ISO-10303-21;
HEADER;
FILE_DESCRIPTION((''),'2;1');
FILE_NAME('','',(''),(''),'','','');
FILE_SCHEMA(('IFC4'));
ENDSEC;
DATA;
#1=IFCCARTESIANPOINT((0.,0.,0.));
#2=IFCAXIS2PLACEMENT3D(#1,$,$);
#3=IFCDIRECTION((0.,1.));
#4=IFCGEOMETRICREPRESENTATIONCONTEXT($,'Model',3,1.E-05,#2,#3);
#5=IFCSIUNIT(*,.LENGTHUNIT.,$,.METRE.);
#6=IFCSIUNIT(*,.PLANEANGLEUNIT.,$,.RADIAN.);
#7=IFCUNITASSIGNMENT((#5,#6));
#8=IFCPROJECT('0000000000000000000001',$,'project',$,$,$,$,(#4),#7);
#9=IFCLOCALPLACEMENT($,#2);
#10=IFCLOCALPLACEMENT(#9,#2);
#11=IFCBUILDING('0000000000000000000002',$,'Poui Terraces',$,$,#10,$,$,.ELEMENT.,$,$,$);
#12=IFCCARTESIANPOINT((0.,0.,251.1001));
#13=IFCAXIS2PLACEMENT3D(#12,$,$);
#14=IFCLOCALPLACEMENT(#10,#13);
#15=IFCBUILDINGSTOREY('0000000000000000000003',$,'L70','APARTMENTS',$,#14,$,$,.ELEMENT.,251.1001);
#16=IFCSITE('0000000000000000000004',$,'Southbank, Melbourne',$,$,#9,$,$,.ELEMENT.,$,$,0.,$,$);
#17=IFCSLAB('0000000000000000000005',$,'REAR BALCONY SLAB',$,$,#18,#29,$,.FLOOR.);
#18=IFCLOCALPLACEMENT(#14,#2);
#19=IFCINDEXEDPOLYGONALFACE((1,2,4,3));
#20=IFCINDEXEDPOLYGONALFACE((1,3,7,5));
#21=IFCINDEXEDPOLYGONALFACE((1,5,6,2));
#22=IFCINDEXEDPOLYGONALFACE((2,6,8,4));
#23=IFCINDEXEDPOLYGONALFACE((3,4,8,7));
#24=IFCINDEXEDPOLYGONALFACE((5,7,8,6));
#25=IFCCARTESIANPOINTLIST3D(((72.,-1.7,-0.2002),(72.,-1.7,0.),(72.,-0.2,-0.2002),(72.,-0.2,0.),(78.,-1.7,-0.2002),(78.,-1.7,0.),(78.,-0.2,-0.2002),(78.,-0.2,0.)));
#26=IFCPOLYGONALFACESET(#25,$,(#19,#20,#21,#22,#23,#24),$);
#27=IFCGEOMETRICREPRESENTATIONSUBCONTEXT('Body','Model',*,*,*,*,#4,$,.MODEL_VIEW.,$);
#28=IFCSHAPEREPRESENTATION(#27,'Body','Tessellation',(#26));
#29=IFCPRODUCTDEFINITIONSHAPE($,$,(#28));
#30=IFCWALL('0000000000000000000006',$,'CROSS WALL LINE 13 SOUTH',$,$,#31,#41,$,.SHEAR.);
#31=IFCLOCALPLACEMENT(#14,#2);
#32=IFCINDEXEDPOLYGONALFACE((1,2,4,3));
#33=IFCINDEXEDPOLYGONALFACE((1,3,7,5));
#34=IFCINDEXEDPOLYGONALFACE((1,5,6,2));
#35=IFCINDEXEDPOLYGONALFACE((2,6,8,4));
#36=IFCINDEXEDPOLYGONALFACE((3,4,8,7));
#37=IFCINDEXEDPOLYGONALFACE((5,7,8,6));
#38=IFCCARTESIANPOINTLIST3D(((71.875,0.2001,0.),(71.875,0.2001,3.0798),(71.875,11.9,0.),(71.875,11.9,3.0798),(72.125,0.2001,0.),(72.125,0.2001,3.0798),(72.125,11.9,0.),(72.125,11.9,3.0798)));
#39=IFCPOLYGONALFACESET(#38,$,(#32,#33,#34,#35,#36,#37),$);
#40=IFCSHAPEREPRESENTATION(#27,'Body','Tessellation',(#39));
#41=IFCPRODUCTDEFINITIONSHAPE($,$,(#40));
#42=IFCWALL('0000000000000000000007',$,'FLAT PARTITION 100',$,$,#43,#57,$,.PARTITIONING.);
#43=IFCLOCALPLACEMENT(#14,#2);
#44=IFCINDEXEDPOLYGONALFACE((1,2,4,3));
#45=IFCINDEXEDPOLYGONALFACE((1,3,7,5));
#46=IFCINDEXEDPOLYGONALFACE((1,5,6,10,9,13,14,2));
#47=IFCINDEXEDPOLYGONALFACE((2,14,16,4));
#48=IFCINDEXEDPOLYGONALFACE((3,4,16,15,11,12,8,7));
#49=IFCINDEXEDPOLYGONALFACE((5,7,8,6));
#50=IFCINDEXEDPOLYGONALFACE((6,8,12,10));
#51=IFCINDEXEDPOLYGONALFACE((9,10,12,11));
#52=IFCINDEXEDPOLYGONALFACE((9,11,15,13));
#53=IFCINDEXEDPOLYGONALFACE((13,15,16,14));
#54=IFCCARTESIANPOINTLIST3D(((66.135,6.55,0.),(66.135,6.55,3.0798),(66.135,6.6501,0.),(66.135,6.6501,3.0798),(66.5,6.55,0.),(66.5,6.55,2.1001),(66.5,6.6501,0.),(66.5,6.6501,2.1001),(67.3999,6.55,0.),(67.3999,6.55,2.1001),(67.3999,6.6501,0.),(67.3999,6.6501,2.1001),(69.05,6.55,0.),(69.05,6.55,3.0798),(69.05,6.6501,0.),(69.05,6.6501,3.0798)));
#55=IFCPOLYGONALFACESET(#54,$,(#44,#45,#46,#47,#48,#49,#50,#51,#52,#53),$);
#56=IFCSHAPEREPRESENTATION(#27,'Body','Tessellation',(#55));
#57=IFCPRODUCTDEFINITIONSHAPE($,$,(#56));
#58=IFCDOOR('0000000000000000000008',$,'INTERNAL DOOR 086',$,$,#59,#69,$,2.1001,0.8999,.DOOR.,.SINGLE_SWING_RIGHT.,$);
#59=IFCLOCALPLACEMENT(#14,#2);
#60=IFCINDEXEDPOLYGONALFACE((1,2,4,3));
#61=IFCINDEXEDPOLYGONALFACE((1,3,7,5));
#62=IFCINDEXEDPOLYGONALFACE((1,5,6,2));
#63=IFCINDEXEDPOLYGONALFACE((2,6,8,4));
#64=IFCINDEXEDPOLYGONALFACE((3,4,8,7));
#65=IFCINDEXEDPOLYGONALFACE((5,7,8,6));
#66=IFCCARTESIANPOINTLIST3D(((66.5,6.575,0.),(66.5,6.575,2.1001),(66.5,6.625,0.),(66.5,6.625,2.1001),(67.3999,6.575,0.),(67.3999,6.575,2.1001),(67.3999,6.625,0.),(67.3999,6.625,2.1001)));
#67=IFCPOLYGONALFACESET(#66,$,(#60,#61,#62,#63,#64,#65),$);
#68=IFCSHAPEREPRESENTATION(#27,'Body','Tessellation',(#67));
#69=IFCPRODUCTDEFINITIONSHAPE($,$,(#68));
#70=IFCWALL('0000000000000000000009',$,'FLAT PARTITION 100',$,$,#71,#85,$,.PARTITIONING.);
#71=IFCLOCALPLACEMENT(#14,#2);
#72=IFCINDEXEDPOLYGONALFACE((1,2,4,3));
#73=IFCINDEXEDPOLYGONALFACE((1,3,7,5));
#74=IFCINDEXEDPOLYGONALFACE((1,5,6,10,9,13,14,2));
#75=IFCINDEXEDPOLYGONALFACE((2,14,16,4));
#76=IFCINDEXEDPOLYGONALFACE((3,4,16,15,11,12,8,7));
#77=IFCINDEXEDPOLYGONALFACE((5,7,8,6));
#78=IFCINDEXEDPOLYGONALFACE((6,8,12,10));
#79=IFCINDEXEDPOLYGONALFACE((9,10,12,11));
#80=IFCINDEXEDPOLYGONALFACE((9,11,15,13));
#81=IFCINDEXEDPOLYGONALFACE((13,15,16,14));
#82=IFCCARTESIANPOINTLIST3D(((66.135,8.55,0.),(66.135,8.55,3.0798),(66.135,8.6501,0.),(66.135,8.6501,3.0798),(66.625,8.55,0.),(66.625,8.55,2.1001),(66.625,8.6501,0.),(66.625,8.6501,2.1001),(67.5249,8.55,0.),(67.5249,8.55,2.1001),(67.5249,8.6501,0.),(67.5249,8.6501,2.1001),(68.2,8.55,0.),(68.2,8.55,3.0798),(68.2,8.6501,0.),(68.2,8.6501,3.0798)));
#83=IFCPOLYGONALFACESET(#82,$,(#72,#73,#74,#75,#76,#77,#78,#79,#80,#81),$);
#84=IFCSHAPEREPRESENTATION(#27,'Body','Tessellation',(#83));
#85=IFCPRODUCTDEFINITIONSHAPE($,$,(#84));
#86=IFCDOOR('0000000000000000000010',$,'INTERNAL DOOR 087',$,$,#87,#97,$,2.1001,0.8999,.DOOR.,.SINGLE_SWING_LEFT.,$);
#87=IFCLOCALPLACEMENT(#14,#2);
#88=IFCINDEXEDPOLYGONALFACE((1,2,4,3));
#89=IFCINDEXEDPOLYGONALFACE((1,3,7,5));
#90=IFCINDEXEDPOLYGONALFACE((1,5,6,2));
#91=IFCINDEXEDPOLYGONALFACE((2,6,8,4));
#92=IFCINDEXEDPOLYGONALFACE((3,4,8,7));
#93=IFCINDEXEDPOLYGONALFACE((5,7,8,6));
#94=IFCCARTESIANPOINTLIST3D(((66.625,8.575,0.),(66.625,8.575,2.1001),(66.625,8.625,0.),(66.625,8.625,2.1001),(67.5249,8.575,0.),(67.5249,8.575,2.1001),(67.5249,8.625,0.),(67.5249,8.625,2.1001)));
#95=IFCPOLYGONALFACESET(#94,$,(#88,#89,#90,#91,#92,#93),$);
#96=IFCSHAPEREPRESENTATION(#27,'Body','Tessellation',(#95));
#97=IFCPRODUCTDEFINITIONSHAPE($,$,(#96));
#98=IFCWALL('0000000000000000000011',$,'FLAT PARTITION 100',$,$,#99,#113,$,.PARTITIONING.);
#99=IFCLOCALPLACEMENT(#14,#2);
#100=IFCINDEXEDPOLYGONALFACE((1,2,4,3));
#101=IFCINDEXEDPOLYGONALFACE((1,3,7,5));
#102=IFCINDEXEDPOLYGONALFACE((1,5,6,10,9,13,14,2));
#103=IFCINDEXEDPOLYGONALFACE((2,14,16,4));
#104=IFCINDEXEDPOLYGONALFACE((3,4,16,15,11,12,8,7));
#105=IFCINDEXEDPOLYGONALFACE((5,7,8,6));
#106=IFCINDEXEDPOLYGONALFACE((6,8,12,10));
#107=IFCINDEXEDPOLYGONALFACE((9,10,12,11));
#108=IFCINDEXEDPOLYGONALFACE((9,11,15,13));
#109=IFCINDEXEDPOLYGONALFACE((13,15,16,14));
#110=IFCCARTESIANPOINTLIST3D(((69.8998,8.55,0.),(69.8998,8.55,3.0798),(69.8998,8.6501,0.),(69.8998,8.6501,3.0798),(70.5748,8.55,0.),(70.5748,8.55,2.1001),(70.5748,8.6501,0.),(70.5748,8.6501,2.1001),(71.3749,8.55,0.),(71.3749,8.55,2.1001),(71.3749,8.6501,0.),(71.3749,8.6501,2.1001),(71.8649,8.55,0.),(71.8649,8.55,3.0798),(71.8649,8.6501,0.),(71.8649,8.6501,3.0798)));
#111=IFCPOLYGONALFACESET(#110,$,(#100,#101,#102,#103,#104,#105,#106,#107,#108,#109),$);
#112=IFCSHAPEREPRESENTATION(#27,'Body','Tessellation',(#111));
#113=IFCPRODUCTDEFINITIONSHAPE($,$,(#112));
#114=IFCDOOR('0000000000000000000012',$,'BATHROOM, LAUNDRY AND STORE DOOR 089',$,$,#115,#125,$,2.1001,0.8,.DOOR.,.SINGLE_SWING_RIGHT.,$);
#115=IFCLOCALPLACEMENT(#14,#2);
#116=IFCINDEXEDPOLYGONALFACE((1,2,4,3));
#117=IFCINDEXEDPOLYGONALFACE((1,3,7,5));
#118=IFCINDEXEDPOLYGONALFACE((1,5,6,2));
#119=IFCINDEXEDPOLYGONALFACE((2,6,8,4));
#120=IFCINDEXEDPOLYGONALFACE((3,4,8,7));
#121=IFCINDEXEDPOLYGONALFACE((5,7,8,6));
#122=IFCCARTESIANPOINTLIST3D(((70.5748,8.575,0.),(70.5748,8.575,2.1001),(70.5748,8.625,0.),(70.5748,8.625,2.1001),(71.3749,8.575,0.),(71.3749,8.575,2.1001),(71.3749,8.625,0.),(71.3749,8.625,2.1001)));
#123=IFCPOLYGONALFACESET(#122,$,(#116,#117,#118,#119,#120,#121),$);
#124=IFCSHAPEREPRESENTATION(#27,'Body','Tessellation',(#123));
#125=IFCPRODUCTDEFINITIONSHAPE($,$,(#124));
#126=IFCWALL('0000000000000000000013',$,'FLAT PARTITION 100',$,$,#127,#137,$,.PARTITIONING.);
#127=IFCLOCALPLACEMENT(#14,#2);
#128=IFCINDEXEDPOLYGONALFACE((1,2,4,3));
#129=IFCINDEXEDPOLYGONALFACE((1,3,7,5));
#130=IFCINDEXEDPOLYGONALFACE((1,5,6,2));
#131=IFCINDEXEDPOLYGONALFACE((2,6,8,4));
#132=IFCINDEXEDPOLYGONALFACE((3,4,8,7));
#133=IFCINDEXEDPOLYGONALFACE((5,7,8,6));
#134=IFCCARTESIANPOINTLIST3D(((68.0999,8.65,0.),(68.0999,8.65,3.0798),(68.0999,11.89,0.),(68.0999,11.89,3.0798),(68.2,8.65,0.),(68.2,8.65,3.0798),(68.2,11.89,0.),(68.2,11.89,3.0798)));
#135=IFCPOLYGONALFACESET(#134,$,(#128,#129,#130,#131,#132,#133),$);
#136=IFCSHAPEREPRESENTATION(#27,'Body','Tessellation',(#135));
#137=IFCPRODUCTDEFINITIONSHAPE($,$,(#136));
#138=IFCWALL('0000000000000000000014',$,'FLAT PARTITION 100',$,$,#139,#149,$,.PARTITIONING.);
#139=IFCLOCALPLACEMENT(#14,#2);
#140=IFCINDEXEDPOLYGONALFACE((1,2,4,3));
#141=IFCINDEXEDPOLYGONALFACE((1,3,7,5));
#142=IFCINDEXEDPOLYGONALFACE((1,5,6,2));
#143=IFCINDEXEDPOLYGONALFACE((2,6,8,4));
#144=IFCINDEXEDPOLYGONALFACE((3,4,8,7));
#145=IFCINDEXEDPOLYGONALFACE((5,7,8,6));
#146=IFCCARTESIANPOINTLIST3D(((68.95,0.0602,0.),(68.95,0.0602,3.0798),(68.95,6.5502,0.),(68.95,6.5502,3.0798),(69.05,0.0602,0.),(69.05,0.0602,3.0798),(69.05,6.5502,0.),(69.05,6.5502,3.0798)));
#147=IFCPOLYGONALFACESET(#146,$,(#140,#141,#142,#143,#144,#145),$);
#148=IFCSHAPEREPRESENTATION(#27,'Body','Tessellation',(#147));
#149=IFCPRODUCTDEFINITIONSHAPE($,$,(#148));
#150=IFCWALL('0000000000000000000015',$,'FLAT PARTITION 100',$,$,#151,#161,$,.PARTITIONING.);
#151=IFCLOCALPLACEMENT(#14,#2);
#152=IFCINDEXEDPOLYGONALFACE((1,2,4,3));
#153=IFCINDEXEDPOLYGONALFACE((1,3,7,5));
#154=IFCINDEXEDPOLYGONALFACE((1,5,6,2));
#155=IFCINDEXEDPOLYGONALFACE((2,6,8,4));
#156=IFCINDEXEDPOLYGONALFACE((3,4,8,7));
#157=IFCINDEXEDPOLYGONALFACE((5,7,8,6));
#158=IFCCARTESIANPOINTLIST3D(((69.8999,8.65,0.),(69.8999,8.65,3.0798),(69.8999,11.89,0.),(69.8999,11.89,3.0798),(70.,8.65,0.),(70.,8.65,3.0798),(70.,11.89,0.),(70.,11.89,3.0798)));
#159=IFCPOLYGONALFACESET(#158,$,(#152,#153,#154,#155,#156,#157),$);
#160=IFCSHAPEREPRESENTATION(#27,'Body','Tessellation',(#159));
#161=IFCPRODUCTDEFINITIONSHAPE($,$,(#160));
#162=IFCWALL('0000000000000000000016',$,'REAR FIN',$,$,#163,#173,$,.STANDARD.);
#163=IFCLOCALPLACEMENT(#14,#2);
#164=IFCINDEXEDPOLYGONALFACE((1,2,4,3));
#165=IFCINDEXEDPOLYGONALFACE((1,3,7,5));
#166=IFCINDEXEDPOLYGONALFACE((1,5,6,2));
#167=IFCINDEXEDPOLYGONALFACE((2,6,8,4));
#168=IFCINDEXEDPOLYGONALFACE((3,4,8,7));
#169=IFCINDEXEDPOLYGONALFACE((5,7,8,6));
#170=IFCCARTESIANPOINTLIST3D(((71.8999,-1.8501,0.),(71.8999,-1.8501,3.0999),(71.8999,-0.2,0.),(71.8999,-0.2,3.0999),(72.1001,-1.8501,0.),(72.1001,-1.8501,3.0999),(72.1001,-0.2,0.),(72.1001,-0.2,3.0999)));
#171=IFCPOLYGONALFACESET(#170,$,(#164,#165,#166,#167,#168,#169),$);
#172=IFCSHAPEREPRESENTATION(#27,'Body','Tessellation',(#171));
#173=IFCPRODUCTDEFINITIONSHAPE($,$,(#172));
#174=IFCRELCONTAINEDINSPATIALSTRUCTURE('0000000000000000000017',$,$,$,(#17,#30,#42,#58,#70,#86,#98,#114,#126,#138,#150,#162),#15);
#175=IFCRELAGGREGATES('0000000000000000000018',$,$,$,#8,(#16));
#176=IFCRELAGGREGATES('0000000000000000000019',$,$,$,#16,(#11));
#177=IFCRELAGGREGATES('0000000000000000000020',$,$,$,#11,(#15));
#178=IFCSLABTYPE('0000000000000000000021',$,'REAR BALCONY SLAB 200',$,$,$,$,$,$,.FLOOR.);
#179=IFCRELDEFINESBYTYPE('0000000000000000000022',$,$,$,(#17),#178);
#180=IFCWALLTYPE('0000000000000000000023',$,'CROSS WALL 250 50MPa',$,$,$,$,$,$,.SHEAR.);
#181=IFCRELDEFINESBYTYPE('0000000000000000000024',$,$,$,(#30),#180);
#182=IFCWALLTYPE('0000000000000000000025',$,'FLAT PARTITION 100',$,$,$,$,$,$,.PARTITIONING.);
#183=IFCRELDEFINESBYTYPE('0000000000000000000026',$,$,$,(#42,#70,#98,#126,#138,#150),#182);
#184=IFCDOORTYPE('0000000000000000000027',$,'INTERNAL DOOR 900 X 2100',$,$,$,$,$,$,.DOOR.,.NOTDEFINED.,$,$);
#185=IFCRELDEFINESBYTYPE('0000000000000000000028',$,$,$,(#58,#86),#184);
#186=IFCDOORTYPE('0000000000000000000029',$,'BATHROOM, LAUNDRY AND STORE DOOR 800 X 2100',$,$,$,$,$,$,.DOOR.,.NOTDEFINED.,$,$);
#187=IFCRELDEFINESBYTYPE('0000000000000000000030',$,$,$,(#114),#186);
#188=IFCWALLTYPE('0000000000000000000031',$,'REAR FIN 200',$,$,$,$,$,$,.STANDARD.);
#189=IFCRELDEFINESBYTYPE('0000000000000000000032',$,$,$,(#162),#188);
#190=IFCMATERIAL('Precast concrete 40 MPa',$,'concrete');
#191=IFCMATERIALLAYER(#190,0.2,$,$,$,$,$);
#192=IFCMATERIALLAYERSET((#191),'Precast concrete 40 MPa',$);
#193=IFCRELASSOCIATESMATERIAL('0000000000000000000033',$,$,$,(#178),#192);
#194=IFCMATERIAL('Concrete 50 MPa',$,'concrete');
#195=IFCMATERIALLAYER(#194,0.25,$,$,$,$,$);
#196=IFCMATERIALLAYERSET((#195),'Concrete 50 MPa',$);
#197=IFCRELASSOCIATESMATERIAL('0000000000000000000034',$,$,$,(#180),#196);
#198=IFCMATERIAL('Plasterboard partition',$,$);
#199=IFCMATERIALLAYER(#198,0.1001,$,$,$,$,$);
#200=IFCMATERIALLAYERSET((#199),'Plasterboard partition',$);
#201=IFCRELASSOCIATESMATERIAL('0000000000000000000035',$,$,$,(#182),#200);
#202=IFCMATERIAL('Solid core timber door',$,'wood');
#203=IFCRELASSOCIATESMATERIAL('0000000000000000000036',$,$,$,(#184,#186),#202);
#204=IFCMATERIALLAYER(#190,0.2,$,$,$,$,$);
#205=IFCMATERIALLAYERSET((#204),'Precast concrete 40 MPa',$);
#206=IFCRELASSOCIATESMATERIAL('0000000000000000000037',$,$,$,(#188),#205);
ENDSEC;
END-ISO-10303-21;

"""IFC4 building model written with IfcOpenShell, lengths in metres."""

from ifc_helpers import new_model, si_unit, direction, frame, frame_2d, origin, place, context, subcontext, project, spatial, polyline, rectangle, outline, extrude, source, transform, mapped, material, layer, layer_set, type_object, element, fill, save


model = new_model("IFC4")

# Units and contexts
model_context = context("Model", 3, precision=1e-05, world=origin(), true_north=direction((0.0, 1.0)))
body_context = subcontext(model_context, "Body", "Model", "MODEL_VIEW")
ifc_project = project(units=[si_unit("LENGTHUNIT", "METRE"), si_unit("PLANEANGLEUNIT", "RADIAN")], contexts=[model_context])

# Site, building, storey
site_placement = place(None, origin())
site = spatial("IfcSite", under=ifc_project, at=site_placement, Name="Southbank, Melbourne", CompositionType="ELEMENT", RefElevation=0.0)
building_placement = place(site_placement, origin())
building = spatial("IfcBuilding", under=site, at=building_placement, Name="Poui Terraces", CompositionType="ELEMENT")
storey_placement = place(building_placement, frame((0.0, 0.0, 251.1001)))
storey = spatial("IfcBuildingStorey", under=building, at=storey_placement, Name="L70", Description="APARTMENTS", CompositionType="ELEMENT", Elevation=251.1001)

# Slab
ifc_material_1 = material(Name="Precast concrete 40 MPa", Category="concrete")
ifc_layer_1 = layer(ifc_material_1, 0.2)
ifc_layer_set_1 = layer_set([ifc_layer_1], Name="Precast concrete 40 MPa")
slab_type = type_object("IfcSlabType", Name="REAR BALCONY SLAB 200", PredefinedType="FLOOR", material=ifc_layer_set_1)
shared_shape_1 = source(origin(), body_context, "Body", "SweptSolid", [
    extrude(outline(polyline([(0.0, 0.0), (6.0, 0.0), (6.0, 1.5), (0.0, 1.5), (0.0, 0.0)])), origin(), (0.0, 0.0, 1.0), 0.2002),
])
slab_placement = place(storey_placement, frame((72.0, -1.7, -0.2002)))
element("IfcSlab", 1, at=slab_placement, inside=storey, type_object=slab_type, Name="REAR BALCONY SLAB", PredefinedType="FLOOR", context=body_context, shape_type="MappedRepresentation", body=[
    mapped(shared_shape_1, transform((0.0, 0.0, 0.0))),
])

# Wall
ifc_material_2 = material(Name="Concrete 50 MPa", Category="concrete")
ifc_layer_2 = layer(ifc_material_2, 0.25)
ifc_layer_set_2 = layer_set([ifc_layer_2], Name="Concrete 50 MPa")
wall_type_1 = type_object("IfcWallType", Name="CROSS WALL 250 50MPa", PredefinedType="SHEAR", material=ifc_layer_set_2)
wall_1_placement = place(storey_placement, frame((72.0, 0.2, 0.0), z_axis=(0.0, 0.0, 1.0), x_axis=(0.0, 1.0, 0.0)))
element("IfcWall", 2, at=wall_1_placement, inside=storey, type_object=wall_type_1, Name="CROSS WALL LINE 13 SOUTH", PredefinedType="SHEAR", context=body_context, shape_type="SweptSolid", body=[
    extrude(rectangle(XDim=11.7, YDim=0.25, at=frame_2d((5.8501, 0.0))), origin(), (0.0, 0.0, 1.0), 3.0798),
])

# Walls, openings, doors
ifc_material_3 = material(Name="Plasterboard partition")
ifc_layer_3 = layer(ifc_material_3, 0.1001)
ifc_layer_set_3 = layer_set([ifc_layer_3], Name="Plasterboard partition")
wall_type_2 = type_object("IfcWallType", Name="FLAT PARTITION 100", PredefinedType="PARTITIONING", material=ifc_layer_set_3)
wall_2_placement = place(storey_placement, frame((66.135, 6.6001, 0.0), z_axis=(0.0, 0.0, 1.0), x_axis=(1.0, 0.0, 0.0)))
wall_2 = element("IfcWall", 3, at=wall_2_placement, inside=storey, type_object=wall_type_2, Name="FLAT PARTITION 100", PredefinedType="PARTITIONING", context=body_context, shape_type="SweptSolid", body=[
    extrude(rectangle(XDim=2.915, YDim=0.1001, at=frame_2d((1.4575, 0.0))), origin(), (0.0, 0.0, 1.0), 3.0798),
])
opening_1_placement = place(wall_2_placement, frame((0.365, 0.0, 0.0)))
opening_1 = element("IfcOpeningElement", 4, at=opening_1_placement, cuts=wall_2, PredefinedType="OPENING", context=body_context, shape_type="SweptSolid", body=[
    extrude(rectangle(XDim=0.8999, YDim=2.1001, at=frame_2d((0.45, 1.05))), frame((0.0, 0.0601, 0.0), z_axis=(0.0, -1.0, 0.0), x_axis=(1.0, 0.0, 0.0)), (0.0, 0.0, 1.0), 0.1201),
])
ifc_material_4 = material(Name="Solid core timber door", Category="wood")
door_type_1 = type_object("IfcDoorType", Name="INTERNAL DOOR 900 X 2100", OperationType="NOTDEFINED", PredefinedType="DOOR", material=ifc_material_4)
door_1_placement = place(opening_1_placement, origin())
door_1 = element("IfcDoor", 5, at=door_1_placement, inside=storey, type_object=door_type_1, Name="INTERNAL DOOR 086", OperationType="SINGLE_SWING_RIGHT", OverallHeight=2.1001, OverallWidth=0.8999, PredefinedType="DOOR", context=body_context, shape_type="SweptSolid", body=[
    extrude(rectangle(XDim=0.8999, YDim=2.1001, at=frame_2d((0.45, 1.05))), frame((0.0, 0.0249, 0.0), z_axis=(0.0, -1.0, 0.0), x_axis=(1.0, 0.0, 0.0)), (0.0, 0.0, 1.0), 0.05),
])
fill(opening_1, door_1)
wall_3_placement = place(storey_placement, frame((66.135, 8.6001, 0.0), z_axis=(0.0, 0.0, 1.0), x_axis=(1.0, 0.0, 0.0)))
wall_3 = element("IfcWall", 6, at=wall_3_placement, inside=storey, type_object=wall_type_2, Name="FLAT PARTITION 100", PredefinedType="PARTITIONING", context=body_context, shape_type="SweptSolid", body=[
    extrude(rectangle(XDim=2.0649, YDim=0.1001, at=frame_2d((1.0325, 0.0))), origin(), (0.0, 0.0, 1.0), 3.0798),
])
opening_2_placement = place(wall_3_placement, frame((0.49, 0.0, 0.0)))
opening_2 = element("IfcOpeningElement", 7, at=opening_2_placement, cuts=wall_3, PredefinedType="OPENING", context=body_context, shape_type="SweptSolid", body=[
    extrude(rectangle(XDim=0.8999, YDim=2.1001, at=frame_2d((0.45, 1.05))), frame((0.0, 0.0601, 0.0), z_axis=(0.0, -1.0, 0.0), x_axis=(1.0, 0.0, 0.0)), (0.0, 0.0, 1.0), 0.1201),
])
door_2_placement = place(opening_2_placement, origin())
door_2 = element("IfcDoor", 8, at=door_2_placement, inside=storey, type_object=door_type_1, Name="INTERNAL DOOR 087", OperationType="SINGLE_SWING_LEFT", OverallHeight=2.1001, OverallWidth=0.8999, PredefinedType="DOOR", context=body_context, shape_type="SweptSolid", body=[
    extrude(rectangle(XDim=0.8999, YDim=2.1001, at=frame_2d((0.45, 1.05))), frame((0.0, 0.0249, 0.0), z_axis=(0.0, -1.0, 0.0), x_axis=(1.0, 0.0, 0.0)), (0.0, 0.0, 1.0), 0.05),
])
fill(opening_2, door_2)
wall_4_placement = place(storey_placement, frame((69.8999, 8.6001, 0.0), z_axis=(0.0, 0.0, 1.0), x_axis=(1.0, 0.0, 0.0)))
wall_4 = element("IfcWall", 9, at=wall_4_placement, inside=storey, type_object=wall_type_2, Name="FLAT PARTITION 100", PredefinedType="PARTITIONING", context=body_context, shape_type="SweptSolid", body=[
    extrude(rectangle(XDim=1.9651, YDim=0.1001, at=frame_2d((0.9824, 0.0))), origin(), (0.0, 0.0, 1.0), 3.0798),
])
opening_3_placement = place(wall_4_placement, frame((0.675, 0.0, 0.0)))
opening_3 = element("IfcOpeningElement", 10, at=opening_3_placement, cuts=wall_4, PredefinedType="OPENING", context=body_context, shape_type="SweptSolid", body=[
    extrude(rectangle(XDim=0.8, YDim=2.1001, at=frame_2d((0.3999, 1.05))), frame((0.0, 0.0601, 0.0), z_axis=(0.0, -1.0, 0.0), x_axis=(1.0, 0.0, 0.0)), (0.0, 0.0, 1.0), 0.1201),
])
door_type_2 = type_object("IfcDoorType", Name="BATHROOM, LAUNDRY AND STORE DOOR 800 X 2100", OperationType="NOTDEFINED", PredefinedType="DOOR", material=ifc_material_4)
door_3_placement = place(opening_3_placement, origin())
door_3 = element("IfcDoor", 11, at=door_3_placement, inside=storey, type_object=door_type_2, Name="BATHROOM, LAUNDRY AND STORE DOOR 089", OperationType="SINGLE_SWING_RIGHT", OverallHeight=2.1001, OverallWidth=0.8, PredefinedType="DOOR", context=body_context, shape_type="SweptSolid", body=[
    extrude(rectangle(XDim=0.8, YDim=2.1001, at=frame_2d((0.3999, 1.05))), frame((0.0, 0.0249, 0.0), z_axis=(0.0, -1.0, 0.0), x_axis=(1.0, 0.0, 0.0)), (0.0, 0.0, 1.0), 0.05),
])
fill(opening_3, door_3)

# Walls
wall_5_placement = place(storey_placement, frame((68.1499, 8.6499, 0.0), z_axis=(0.0, 0.0, 1.0), x_axis=(0.0, 1.0, 0.0)))
element("IfcWall", 12, at=wall_5_placement, inside=storey, type_object=wall_type_2, Name="FLAT PARTITION 100", PredefinedType="PARTITIONING", context=body_context, shape_type="SweptSolid", body=[
    extrude(rectangle(XDim=3.24, YDim=0.1001, at=frame_2d((1.6201, 0.0))), origin(), (0.0, 0.0, 1.0), 3.0798),
])
wall_6_placement = place(storey_placement, frame((69.0, 0.0601, 0.0), z_axis=(0.0, 0.0, 1.0), x_axis=(0.0, 1.0, 0.0)))
element("IfcWall", 13, at=wall_6_placement, inside=storey, type_object=wall_type_2, Name="FLAT PARTITION 100", PredefinedType="PARTITIONING", context=body_context, shape_type="SweptSolid", body=[
    extrude(rectangle(XDim=6.49, YDim=0.1001, at=frame_2d((3.2451, 0.0))), origin(), (0.0, 0.0, 1.0), 3.0798),
])
wall_7_placement = place(storey_placement, frame((69.95, 8.6499, 0.0), z_axis=(0.0, 0.0, 1.0), x_axis=(0.0, 1.0, 0.0)))
element("IfcWall", 14, at=wall_7_placement, inside=storey, type_object=wall_type_2, Name="FLAT PARTITION 100", PredefinedType="PARTITIONING", context=body_context, shape_type="SweptSolid", body=[
    extrude(rectangle(XDim=3.24, YDim=0.1001, at=frame_2d((1.6201, 0.0))), origin(), (0.0, 0.0, 1.0), 3.0798),
])
ifc_layer_4 = layer(ifc_material_1, 0.2)
ifc_layer_set_4 = layer_set([ifc_layer_4], Name="Precast concrete 40 MPa")
wall_type_3 = type_object("IfcWallType", Name="REAR FIN 200", PredefinedType="STANDARD", material=ifc_layer_set_4)
shared_shape_2 = source(origin(), body_context, "Body", "SweptSolid", [
    extrude(outline(polyline([(0.0, 0.0), (0.2002, 0.0), (0.2002, 1.6501), (0.0, 1.6501), (0.0, 0.0)])), origin(), (0.0, 0.0, 1.0), 3.0999),
])
wall_8_placement = place(storey_placement, frame((71.8999, -1.8501, 0.0)))
element("IfcWall", 15, at=wall_8_placement, inside=storey, type_object=wall_type_3, Name="REAR FIN", PredefinedType="STANDARD", context=body_context, shape_type="MappedRepresentation", body=[
    mapped(shared_shape_2, transform((0.0, 0.0, 0.0))),
])

save(model, "model.ifc")
